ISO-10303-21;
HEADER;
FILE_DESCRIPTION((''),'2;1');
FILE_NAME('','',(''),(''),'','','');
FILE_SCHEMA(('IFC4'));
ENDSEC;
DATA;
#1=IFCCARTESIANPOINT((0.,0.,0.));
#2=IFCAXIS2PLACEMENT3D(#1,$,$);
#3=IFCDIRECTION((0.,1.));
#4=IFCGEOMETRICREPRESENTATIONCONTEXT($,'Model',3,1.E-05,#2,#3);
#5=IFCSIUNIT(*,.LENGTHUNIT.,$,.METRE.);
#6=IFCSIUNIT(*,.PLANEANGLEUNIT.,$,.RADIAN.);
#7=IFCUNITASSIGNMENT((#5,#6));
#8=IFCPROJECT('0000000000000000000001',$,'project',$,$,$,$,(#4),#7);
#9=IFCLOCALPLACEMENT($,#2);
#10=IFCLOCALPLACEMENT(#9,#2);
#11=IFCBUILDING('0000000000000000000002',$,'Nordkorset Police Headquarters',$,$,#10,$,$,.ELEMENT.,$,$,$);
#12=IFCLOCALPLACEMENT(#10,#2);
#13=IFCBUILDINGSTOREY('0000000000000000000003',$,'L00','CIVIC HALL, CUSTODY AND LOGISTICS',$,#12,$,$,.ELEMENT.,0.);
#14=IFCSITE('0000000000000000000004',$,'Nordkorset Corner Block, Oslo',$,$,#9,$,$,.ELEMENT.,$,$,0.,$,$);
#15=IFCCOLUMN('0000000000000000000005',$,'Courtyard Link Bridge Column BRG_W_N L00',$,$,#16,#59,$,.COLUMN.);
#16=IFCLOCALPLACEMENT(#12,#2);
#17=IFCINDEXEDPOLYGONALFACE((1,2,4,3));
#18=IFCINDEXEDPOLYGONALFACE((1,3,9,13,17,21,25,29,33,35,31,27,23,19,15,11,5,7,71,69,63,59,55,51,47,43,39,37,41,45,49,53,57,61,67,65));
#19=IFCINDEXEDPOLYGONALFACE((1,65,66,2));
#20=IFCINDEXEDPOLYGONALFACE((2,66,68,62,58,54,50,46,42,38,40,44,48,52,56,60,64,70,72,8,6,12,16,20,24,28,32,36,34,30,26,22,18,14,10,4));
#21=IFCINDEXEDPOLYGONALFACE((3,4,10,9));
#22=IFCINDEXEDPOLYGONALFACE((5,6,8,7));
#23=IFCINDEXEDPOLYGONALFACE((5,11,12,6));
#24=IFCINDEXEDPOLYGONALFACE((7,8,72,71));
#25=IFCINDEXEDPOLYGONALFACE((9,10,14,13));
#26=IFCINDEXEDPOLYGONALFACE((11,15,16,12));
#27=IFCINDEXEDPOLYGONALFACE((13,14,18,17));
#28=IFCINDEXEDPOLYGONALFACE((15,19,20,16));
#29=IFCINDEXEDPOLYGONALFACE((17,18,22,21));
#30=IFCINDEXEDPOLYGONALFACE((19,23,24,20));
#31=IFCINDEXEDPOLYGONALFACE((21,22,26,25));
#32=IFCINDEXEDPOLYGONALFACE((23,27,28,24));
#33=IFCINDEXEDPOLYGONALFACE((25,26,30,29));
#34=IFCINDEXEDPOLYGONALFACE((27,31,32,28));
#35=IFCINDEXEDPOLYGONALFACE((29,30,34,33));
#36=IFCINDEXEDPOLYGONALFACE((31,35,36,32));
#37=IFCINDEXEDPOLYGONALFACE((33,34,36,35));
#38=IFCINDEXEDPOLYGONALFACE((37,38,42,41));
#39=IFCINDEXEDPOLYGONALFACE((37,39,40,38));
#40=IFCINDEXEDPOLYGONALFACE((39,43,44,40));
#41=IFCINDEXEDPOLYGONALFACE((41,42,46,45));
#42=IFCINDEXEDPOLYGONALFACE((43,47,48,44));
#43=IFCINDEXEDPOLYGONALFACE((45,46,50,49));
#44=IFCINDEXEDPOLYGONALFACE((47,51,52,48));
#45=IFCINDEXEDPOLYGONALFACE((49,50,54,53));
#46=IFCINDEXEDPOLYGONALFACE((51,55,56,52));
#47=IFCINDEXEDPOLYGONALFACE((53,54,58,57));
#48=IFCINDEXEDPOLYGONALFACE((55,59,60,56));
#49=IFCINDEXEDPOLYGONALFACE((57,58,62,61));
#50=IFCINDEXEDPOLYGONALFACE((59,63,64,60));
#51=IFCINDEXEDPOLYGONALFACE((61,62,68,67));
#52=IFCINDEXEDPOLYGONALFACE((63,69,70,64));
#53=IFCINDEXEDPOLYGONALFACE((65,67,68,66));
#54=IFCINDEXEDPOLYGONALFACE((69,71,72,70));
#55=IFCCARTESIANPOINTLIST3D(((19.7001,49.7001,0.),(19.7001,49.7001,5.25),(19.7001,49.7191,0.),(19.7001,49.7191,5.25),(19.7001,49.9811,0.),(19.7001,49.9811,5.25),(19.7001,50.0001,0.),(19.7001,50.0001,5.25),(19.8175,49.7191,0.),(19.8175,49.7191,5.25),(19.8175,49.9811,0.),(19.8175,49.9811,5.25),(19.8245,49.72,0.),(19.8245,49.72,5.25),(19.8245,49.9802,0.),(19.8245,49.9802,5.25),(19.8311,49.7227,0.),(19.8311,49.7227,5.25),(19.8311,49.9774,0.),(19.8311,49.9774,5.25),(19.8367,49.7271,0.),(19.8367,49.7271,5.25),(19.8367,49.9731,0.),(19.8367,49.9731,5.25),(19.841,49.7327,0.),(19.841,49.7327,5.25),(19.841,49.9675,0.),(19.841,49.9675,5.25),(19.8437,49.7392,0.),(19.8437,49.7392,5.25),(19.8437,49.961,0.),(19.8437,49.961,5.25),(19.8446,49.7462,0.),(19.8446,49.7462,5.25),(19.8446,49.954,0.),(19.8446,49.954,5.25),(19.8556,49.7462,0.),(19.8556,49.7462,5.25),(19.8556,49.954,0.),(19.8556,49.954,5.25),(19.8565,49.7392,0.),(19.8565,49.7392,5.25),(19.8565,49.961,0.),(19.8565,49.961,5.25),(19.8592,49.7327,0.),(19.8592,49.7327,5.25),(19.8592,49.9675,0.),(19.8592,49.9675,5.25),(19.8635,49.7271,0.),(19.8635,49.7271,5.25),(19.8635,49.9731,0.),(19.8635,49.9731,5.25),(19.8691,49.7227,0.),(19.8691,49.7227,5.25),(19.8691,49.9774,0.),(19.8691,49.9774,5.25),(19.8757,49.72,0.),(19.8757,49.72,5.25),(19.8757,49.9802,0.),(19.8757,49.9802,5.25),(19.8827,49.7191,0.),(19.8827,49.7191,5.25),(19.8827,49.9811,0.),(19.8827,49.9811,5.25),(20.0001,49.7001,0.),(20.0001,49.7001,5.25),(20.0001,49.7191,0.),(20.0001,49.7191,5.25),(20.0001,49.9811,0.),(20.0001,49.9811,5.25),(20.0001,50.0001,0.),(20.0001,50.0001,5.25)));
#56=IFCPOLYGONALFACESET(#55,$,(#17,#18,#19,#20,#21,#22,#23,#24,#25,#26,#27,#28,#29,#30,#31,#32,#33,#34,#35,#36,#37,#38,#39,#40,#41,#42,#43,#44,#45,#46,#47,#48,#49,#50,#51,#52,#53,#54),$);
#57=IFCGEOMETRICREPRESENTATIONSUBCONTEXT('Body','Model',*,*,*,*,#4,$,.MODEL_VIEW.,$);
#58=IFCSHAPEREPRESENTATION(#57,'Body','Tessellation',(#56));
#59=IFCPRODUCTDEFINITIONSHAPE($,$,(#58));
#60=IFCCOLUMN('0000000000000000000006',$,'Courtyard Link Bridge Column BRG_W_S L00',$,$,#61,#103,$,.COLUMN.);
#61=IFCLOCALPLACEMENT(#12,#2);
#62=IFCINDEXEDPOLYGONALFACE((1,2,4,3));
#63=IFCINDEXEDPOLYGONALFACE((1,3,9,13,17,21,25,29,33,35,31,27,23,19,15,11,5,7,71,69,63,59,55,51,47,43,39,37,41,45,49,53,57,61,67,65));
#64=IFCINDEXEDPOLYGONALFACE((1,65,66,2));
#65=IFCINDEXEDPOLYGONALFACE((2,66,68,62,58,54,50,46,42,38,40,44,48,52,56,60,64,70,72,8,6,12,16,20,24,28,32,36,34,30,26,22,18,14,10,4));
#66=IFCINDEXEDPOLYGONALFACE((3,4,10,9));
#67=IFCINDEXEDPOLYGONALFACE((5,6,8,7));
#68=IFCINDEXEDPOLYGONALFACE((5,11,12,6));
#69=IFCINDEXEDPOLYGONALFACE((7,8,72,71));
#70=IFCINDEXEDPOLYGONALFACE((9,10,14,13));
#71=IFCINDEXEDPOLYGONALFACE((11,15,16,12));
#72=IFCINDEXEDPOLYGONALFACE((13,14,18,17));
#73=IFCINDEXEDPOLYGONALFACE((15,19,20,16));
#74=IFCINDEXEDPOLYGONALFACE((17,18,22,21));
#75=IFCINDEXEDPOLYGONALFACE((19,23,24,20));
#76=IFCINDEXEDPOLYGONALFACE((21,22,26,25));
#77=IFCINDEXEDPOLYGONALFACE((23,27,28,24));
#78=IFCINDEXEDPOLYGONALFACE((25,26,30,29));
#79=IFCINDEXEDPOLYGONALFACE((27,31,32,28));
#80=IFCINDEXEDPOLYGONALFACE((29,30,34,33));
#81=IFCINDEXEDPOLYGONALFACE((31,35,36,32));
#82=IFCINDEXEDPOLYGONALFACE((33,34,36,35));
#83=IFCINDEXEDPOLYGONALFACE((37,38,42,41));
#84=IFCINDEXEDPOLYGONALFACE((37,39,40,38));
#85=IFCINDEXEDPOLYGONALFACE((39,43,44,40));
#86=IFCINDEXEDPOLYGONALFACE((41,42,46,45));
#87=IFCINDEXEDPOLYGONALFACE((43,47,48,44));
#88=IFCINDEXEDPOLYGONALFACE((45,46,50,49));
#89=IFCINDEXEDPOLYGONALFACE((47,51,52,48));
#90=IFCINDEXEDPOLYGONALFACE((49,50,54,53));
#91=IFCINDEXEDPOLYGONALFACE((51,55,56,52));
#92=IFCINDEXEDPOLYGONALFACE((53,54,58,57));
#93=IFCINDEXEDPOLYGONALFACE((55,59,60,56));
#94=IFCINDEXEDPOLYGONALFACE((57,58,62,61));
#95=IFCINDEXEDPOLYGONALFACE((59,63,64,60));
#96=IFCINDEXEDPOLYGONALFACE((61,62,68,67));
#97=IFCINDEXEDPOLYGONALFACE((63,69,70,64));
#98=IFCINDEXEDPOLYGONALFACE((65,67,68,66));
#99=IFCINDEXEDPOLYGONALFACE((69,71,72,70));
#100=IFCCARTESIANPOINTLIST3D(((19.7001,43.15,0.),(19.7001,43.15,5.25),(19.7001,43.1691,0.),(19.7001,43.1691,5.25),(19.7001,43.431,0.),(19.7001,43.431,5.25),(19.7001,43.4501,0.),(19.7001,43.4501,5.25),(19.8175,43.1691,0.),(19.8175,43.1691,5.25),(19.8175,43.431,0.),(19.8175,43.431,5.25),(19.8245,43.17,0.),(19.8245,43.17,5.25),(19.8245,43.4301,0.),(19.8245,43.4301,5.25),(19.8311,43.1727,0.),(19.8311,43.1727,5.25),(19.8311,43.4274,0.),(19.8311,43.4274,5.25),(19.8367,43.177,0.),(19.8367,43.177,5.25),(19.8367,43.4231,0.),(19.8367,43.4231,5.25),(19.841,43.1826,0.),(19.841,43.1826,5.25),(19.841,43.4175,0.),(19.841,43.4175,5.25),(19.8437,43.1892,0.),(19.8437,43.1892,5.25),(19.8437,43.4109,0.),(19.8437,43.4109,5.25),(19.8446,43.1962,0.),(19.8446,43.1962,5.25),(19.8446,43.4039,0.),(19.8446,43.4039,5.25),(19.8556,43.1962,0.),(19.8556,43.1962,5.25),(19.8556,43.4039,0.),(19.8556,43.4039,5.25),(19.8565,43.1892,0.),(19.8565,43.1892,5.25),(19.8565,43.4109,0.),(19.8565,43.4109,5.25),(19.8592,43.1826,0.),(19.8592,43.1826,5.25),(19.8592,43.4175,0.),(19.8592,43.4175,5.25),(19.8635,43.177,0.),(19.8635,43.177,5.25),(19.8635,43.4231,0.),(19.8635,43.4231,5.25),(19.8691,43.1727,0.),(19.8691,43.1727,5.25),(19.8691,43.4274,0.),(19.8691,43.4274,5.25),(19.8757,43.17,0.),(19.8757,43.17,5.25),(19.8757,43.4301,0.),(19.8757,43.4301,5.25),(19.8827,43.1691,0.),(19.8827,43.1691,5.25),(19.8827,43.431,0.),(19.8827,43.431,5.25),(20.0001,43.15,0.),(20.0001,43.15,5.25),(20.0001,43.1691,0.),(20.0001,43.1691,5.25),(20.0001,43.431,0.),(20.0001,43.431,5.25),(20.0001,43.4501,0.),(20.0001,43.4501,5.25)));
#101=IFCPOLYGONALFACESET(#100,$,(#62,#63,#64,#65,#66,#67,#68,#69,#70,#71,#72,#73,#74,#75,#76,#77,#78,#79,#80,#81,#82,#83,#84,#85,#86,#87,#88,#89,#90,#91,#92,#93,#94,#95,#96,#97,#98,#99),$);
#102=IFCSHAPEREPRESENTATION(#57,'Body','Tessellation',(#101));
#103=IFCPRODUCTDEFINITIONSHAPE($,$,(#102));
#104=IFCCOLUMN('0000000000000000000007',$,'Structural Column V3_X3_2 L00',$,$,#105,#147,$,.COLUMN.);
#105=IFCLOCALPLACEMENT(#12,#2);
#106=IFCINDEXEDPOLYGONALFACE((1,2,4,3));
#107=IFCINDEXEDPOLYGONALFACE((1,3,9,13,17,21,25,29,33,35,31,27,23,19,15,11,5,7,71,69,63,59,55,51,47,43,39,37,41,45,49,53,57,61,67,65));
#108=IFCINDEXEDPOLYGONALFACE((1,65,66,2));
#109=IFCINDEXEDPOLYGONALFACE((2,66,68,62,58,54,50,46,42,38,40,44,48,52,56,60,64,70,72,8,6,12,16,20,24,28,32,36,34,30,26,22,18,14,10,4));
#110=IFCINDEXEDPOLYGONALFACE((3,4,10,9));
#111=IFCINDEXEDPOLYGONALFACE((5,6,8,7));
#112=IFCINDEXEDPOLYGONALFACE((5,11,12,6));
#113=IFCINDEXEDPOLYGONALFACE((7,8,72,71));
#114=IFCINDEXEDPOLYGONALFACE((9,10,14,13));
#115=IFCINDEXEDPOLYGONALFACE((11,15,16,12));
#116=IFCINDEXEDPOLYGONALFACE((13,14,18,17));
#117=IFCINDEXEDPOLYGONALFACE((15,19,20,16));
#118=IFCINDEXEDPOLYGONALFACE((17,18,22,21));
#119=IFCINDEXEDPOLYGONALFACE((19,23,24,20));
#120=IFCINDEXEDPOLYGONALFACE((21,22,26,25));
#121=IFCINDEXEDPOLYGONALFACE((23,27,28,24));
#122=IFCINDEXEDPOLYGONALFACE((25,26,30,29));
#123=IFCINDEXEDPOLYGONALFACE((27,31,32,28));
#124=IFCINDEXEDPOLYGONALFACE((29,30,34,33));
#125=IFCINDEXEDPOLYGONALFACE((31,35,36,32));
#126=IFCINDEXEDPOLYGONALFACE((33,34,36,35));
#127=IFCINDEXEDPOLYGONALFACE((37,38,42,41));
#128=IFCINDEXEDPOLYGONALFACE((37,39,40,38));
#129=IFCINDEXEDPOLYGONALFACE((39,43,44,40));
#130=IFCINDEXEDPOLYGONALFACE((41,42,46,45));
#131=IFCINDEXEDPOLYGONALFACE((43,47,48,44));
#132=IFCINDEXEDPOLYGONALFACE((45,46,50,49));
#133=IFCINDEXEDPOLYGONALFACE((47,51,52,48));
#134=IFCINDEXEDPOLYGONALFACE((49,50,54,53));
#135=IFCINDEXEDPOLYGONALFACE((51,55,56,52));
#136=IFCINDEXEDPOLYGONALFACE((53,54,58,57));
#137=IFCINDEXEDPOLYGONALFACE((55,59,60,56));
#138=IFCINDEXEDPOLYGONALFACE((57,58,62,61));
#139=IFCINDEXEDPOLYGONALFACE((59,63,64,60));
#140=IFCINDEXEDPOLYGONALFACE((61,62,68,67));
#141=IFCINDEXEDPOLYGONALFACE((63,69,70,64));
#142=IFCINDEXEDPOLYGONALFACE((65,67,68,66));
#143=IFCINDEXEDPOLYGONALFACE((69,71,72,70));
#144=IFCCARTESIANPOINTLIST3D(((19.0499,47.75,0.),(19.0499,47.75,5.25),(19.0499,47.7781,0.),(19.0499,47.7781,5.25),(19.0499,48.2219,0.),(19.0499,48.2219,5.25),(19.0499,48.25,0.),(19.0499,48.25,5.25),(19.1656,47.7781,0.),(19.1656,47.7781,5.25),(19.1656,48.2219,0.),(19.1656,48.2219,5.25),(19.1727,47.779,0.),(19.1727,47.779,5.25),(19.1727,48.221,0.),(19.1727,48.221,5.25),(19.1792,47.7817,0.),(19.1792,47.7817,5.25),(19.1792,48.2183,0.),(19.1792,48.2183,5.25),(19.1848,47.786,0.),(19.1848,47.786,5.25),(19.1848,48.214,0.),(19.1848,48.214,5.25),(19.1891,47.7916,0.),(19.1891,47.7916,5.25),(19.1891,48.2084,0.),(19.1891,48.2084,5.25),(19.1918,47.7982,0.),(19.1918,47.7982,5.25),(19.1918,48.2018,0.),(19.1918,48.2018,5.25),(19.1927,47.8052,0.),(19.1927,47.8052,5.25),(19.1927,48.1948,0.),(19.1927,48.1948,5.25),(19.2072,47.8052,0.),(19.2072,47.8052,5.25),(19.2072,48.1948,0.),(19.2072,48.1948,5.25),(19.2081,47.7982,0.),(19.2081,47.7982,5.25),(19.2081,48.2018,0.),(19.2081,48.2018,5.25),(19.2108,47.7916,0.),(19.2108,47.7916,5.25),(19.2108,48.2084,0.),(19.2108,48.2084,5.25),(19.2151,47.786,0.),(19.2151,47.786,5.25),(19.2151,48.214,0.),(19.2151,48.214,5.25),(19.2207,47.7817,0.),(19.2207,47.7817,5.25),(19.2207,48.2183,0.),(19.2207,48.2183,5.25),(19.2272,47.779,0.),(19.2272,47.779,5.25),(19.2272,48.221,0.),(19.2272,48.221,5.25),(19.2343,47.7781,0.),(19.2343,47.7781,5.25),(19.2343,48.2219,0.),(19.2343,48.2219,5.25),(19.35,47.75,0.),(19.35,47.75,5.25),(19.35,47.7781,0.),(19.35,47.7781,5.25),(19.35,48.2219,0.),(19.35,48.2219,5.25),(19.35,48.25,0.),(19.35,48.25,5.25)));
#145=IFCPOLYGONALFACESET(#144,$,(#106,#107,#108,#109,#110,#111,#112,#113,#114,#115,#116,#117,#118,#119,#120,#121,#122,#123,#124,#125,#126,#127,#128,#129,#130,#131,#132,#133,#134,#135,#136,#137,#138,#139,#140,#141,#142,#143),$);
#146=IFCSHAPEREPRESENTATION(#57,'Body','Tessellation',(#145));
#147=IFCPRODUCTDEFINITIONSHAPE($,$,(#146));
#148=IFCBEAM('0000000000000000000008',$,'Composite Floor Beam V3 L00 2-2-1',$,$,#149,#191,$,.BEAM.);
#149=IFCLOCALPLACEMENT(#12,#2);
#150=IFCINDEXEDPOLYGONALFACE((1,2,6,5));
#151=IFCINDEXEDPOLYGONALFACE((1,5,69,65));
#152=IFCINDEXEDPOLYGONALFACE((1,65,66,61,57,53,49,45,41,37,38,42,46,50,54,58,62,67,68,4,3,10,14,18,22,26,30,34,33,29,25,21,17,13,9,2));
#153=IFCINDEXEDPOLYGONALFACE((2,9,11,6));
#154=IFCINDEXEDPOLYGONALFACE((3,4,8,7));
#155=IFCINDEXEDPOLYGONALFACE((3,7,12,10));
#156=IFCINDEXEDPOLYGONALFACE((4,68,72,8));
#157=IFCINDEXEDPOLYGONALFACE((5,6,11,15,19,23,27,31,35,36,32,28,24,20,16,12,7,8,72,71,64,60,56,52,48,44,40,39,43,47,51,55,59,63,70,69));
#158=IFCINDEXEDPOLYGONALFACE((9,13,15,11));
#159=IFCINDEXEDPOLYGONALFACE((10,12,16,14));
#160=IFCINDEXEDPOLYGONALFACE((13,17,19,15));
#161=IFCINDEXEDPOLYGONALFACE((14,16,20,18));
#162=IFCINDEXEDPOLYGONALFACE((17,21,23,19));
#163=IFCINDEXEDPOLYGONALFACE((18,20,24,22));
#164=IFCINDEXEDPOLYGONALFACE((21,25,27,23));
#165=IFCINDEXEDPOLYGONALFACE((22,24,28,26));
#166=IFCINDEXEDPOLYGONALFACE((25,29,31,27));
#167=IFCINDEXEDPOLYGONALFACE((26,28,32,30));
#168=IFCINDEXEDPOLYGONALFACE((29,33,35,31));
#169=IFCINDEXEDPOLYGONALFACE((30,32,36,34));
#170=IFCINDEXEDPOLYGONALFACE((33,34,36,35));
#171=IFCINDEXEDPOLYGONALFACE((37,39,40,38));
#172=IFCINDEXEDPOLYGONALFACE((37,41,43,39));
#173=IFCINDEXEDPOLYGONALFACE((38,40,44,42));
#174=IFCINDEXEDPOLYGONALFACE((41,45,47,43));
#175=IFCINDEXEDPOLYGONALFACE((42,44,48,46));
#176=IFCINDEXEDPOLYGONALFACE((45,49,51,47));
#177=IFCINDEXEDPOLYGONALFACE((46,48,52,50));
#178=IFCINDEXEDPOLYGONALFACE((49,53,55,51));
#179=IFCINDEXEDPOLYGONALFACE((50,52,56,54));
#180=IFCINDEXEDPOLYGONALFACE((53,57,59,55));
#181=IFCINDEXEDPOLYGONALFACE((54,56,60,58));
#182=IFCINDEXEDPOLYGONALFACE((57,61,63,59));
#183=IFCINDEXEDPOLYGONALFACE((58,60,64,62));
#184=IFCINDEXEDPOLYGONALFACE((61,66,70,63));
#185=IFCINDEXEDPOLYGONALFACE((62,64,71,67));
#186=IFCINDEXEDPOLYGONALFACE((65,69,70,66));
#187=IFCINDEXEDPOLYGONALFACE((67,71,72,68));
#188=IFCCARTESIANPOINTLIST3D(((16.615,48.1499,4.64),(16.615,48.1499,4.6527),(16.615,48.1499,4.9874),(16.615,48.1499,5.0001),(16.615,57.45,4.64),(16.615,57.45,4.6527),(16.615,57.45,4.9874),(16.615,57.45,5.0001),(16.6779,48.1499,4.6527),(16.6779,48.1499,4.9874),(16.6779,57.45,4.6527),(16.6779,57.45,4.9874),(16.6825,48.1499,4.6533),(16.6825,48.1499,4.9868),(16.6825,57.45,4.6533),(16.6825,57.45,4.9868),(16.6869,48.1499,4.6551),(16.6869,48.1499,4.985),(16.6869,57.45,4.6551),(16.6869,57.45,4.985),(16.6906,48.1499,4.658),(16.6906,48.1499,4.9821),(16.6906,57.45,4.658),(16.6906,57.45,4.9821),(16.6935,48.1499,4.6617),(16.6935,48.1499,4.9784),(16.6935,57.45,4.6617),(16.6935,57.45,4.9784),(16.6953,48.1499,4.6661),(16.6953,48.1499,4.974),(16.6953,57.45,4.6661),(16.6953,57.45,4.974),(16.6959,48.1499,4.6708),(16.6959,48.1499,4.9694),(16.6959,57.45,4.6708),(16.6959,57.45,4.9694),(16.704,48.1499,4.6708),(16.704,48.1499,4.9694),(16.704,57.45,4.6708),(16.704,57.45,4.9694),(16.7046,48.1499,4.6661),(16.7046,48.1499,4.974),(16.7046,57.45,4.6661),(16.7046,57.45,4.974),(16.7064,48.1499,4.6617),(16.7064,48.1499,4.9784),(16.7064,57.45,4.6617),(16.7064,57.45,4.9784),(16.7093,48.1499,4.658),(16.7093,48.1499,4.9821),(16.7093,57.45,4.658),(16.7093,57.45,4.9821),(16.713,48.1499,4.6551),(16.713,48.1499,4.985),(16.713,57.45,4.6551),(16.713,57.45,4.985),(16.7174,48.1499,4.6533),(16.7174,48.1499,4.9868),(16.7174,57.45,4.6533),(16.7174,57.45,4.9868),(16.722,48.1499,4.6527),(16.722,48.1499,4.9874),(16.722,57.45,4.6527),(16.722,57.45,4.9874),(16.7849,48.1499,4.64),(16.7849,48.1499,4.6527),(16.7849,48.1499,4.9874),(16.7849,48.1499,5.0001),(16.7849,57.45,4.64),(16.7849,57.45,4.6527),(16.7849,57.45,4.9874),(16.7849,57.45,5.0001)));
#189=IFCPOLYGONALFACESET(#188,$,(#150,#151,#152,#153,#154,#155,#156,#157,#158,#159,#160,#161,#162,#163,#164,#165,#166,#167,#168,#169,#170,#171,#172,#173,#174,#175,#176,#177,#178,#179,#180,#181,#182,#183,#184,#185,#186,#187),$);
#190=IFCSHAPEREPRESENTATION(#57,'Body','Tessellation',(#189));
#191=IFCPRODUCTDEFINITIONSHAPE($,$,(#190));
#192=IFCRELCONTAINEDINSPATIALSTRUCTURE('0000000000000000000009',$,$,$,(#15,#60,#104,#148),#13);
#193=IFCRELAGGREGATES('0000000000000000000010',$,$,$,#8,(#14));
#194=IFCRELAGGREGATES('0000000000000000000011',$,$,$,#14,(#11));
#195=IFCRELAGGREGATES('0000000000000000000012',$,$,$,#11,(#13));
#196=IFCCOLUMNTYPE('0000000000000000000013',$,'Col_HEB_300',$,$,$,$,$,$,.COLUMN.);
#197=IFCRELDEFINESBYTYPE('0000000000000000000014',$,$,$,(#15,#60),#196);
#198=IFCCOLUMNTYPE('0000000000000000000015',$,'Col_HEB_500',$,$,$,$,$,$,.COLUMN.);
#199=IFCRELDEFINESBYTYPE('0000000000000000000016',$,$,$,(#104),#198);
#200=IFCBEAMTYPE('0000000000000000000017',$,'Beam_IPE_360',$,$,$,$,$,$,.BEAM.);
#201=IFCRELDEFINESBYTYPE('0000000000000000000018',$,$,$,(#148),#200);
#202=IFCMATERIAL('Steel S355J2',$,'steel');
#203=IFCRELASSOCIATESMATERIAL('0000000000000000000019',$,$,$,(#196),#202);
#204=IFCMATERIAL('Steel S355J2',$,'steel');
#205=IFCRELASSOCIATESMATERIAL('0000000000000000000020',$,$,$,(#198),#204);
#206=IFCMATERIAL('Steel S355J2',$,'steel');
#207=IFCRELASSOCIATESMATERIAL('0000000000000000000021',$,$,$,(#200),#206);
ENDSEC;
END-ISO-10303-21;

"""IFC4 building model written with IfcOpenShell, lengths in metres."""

from ifc_helpers import new_model, si_unit, direction, frame, origin, origin_2d, place, context, subcontext, project, spatial, i_section, extrude, material, material_profile, profile_set, type_object, element, save


model = new_model("IFC4")

# Units and contexts
model_context = context("Model", 3, precision=1e-05, world=origin(), true_north=direction((0.0, 1.0)))
body_context = subcontext(model_context, "Body", "Model", "MODEL_VIEW")
ifc_project = project(units=[si_unit("LENGTHUNIT", "METRE"), si_unit("PLANEANGLEUNIT", "RADIAN")], contexts=[model_context])

# Site, building, storey
site_placement = place(None, origin())
site = spatial("IfcSite", under=ifc_project, at=site_placement, Name="Nordkorset Corner Block, Oslo", CompositionType="ELEMENT", RefElevation=0.0)
building_placement = place(site_placement, origin())
building = spatial("IfcBuilding", under=site, at=building_placement, Name="Nordkorset Police Headquarters", CompositionType="ELEMENT")
storey_placement = place(building_placement, origin())
storey = spatial("IfcBuildingStorey", under=building, at=storey_placement, Name="L00", Description="CIVIC HALL, CUSTODY AND LOGISTICS", CompositionType="ELEMENT", Elevation=0.0)

# Columns
ifc_material_1 = material(Name="Steel S355J2", Category="steel")
ifc_material_profile_1 = material_profile(ifc_material_1, i_section(OverallWidth=0.3, OverallDepth=0.3, WebThickness=0.011, FlangeThickness=0.019, FilletRadius=0.0271, at=origin_2d()), Name="HEB 300")
ifc_profile_set_1 = profile_set([ifc_material_profile_1], Name="Steel S355J2")
column_type_1 = type_object("IfcColumnType", Name="Col_HEB_300", PredefinedType="COLUMN", material=ifc_profile_set_1)
for number, where, z_axis, x_axis, name in (
    (1, (19.8501, 49.8501, 0.0), (0.0, 0.0, 1.0), (1.0, 0.0, 0.0), "Courtyard Link Bridge Column BRG_W_N L00"),
    (2, (19.8501, 43.3, 0.0), (0.0, 0.0, 1.0), (1.0, 0.0, 0.0), "Courtyard Link Bridge Column BRG_W_S L00"),
):
    element("IfcColumn", number, at=place(storey_placement, frame(where, z_axis=z_axis, x_axis=x_axis)), inside=storey, type_object=column_type_1, Name=name, PredefinedType="COLUMN", context=body_context, shape_type="SweptSolid", body=[
        extrude(i_section(OverallWidth=0.3, OverallDepth=0.3, WebThickness=0.011, FlangeThickness=0.019, FilletRadius=0.0271, at=origin_2d()), origin(), (0.0, 0.0, 1.0), 5.25),
    ])
ifc_material_2 = material(Name="Steel S355J2", Category="steel")
ifc_material_profile_2 = material_profile(ifc_material_2, i_section(OverallWidth=0.3, OverallDepth=0.5, WebThickness=0.0144, FlangeThickness=0.0281, FilletRadius=0.0271, at=origin_2d()), Name="HEB 500")
ifc_profile_set_2 = profile_set([ifc_material_profile_2], Name="Steel S355J2")
column_type_2 = type_object("IfcColumnType", Name="Col_HEB_500", PredefinedType="COLUMN", material=ifc_profile_set_2)
column_placement = place(storey_placement, frame((19.2, 48.0, 0.0), z_axis=(0.0, 0.0, 1.0), x_axis=(1.0, 0.0, 0.0)))
element("IfcColumn", 3, at=column_placement, inside=storey, type_object=column_type_2, Name="Structural Column V3_X3_2 L00", PredefinedType="COLUMN", context=body_context, shape_type="SweptSolid", body=[
    extrude(i_section(OverallWidth=0.3, OverallDepth=0.5, WebThickness=0.0144, FlangeThickness=0.0281, FilletRadius=0.0271, at=origin_2d()), origin(), (0.0, 0.0, 1.0), 5.25),
])

# Beam
ifc_material_3 = material(Name="Steel S355J2", Category="steel")
ifc_material_profile_3 = material_profile(ifc_material_3, i_section(OverallWidth=0.1699, OverallDepth=0.3601, WebThickness=0.0081, FlangeThickness=0.0127, FilletRadius=0.0181, at=origin_2d()), Name="IPE 360")
ifc_profile_set_3 = profile_set([ifc_material_profile_3], Name="Steel S355J2")
beam_type_1 = type_object("IfcBeamType", Name="Beam_IPE_360", PredefinedType="BEAM", material=ifc_profile_set_3)
beam_1_placement = place(storey_placement, frame((16.7, 48.1499, 4.8201), z_axis=(0.0, 1.0, 0.0), x_axis=(-1.0, 0.0, 0.0)))
element("IfcBeam", 4, at=beam_1_placement, inside=storey, type_object=beam_type_1, Name="Composite Floor Beam V3 L00 2-2-1", PredefinedType="BEAM", context=body_context, shape_type="SweptSolid", body=[
    extrude(i_section(OverallWidth=0.1699, OverallDepth=0.3601, WebThickness=0.0081, FlangeThickness=0.0127, FilletRadius=0.0181, at=origin_2d()), origin(), (0.0, 0.0, 1.0), 9.3),
])

save(model, "model.ifc")
